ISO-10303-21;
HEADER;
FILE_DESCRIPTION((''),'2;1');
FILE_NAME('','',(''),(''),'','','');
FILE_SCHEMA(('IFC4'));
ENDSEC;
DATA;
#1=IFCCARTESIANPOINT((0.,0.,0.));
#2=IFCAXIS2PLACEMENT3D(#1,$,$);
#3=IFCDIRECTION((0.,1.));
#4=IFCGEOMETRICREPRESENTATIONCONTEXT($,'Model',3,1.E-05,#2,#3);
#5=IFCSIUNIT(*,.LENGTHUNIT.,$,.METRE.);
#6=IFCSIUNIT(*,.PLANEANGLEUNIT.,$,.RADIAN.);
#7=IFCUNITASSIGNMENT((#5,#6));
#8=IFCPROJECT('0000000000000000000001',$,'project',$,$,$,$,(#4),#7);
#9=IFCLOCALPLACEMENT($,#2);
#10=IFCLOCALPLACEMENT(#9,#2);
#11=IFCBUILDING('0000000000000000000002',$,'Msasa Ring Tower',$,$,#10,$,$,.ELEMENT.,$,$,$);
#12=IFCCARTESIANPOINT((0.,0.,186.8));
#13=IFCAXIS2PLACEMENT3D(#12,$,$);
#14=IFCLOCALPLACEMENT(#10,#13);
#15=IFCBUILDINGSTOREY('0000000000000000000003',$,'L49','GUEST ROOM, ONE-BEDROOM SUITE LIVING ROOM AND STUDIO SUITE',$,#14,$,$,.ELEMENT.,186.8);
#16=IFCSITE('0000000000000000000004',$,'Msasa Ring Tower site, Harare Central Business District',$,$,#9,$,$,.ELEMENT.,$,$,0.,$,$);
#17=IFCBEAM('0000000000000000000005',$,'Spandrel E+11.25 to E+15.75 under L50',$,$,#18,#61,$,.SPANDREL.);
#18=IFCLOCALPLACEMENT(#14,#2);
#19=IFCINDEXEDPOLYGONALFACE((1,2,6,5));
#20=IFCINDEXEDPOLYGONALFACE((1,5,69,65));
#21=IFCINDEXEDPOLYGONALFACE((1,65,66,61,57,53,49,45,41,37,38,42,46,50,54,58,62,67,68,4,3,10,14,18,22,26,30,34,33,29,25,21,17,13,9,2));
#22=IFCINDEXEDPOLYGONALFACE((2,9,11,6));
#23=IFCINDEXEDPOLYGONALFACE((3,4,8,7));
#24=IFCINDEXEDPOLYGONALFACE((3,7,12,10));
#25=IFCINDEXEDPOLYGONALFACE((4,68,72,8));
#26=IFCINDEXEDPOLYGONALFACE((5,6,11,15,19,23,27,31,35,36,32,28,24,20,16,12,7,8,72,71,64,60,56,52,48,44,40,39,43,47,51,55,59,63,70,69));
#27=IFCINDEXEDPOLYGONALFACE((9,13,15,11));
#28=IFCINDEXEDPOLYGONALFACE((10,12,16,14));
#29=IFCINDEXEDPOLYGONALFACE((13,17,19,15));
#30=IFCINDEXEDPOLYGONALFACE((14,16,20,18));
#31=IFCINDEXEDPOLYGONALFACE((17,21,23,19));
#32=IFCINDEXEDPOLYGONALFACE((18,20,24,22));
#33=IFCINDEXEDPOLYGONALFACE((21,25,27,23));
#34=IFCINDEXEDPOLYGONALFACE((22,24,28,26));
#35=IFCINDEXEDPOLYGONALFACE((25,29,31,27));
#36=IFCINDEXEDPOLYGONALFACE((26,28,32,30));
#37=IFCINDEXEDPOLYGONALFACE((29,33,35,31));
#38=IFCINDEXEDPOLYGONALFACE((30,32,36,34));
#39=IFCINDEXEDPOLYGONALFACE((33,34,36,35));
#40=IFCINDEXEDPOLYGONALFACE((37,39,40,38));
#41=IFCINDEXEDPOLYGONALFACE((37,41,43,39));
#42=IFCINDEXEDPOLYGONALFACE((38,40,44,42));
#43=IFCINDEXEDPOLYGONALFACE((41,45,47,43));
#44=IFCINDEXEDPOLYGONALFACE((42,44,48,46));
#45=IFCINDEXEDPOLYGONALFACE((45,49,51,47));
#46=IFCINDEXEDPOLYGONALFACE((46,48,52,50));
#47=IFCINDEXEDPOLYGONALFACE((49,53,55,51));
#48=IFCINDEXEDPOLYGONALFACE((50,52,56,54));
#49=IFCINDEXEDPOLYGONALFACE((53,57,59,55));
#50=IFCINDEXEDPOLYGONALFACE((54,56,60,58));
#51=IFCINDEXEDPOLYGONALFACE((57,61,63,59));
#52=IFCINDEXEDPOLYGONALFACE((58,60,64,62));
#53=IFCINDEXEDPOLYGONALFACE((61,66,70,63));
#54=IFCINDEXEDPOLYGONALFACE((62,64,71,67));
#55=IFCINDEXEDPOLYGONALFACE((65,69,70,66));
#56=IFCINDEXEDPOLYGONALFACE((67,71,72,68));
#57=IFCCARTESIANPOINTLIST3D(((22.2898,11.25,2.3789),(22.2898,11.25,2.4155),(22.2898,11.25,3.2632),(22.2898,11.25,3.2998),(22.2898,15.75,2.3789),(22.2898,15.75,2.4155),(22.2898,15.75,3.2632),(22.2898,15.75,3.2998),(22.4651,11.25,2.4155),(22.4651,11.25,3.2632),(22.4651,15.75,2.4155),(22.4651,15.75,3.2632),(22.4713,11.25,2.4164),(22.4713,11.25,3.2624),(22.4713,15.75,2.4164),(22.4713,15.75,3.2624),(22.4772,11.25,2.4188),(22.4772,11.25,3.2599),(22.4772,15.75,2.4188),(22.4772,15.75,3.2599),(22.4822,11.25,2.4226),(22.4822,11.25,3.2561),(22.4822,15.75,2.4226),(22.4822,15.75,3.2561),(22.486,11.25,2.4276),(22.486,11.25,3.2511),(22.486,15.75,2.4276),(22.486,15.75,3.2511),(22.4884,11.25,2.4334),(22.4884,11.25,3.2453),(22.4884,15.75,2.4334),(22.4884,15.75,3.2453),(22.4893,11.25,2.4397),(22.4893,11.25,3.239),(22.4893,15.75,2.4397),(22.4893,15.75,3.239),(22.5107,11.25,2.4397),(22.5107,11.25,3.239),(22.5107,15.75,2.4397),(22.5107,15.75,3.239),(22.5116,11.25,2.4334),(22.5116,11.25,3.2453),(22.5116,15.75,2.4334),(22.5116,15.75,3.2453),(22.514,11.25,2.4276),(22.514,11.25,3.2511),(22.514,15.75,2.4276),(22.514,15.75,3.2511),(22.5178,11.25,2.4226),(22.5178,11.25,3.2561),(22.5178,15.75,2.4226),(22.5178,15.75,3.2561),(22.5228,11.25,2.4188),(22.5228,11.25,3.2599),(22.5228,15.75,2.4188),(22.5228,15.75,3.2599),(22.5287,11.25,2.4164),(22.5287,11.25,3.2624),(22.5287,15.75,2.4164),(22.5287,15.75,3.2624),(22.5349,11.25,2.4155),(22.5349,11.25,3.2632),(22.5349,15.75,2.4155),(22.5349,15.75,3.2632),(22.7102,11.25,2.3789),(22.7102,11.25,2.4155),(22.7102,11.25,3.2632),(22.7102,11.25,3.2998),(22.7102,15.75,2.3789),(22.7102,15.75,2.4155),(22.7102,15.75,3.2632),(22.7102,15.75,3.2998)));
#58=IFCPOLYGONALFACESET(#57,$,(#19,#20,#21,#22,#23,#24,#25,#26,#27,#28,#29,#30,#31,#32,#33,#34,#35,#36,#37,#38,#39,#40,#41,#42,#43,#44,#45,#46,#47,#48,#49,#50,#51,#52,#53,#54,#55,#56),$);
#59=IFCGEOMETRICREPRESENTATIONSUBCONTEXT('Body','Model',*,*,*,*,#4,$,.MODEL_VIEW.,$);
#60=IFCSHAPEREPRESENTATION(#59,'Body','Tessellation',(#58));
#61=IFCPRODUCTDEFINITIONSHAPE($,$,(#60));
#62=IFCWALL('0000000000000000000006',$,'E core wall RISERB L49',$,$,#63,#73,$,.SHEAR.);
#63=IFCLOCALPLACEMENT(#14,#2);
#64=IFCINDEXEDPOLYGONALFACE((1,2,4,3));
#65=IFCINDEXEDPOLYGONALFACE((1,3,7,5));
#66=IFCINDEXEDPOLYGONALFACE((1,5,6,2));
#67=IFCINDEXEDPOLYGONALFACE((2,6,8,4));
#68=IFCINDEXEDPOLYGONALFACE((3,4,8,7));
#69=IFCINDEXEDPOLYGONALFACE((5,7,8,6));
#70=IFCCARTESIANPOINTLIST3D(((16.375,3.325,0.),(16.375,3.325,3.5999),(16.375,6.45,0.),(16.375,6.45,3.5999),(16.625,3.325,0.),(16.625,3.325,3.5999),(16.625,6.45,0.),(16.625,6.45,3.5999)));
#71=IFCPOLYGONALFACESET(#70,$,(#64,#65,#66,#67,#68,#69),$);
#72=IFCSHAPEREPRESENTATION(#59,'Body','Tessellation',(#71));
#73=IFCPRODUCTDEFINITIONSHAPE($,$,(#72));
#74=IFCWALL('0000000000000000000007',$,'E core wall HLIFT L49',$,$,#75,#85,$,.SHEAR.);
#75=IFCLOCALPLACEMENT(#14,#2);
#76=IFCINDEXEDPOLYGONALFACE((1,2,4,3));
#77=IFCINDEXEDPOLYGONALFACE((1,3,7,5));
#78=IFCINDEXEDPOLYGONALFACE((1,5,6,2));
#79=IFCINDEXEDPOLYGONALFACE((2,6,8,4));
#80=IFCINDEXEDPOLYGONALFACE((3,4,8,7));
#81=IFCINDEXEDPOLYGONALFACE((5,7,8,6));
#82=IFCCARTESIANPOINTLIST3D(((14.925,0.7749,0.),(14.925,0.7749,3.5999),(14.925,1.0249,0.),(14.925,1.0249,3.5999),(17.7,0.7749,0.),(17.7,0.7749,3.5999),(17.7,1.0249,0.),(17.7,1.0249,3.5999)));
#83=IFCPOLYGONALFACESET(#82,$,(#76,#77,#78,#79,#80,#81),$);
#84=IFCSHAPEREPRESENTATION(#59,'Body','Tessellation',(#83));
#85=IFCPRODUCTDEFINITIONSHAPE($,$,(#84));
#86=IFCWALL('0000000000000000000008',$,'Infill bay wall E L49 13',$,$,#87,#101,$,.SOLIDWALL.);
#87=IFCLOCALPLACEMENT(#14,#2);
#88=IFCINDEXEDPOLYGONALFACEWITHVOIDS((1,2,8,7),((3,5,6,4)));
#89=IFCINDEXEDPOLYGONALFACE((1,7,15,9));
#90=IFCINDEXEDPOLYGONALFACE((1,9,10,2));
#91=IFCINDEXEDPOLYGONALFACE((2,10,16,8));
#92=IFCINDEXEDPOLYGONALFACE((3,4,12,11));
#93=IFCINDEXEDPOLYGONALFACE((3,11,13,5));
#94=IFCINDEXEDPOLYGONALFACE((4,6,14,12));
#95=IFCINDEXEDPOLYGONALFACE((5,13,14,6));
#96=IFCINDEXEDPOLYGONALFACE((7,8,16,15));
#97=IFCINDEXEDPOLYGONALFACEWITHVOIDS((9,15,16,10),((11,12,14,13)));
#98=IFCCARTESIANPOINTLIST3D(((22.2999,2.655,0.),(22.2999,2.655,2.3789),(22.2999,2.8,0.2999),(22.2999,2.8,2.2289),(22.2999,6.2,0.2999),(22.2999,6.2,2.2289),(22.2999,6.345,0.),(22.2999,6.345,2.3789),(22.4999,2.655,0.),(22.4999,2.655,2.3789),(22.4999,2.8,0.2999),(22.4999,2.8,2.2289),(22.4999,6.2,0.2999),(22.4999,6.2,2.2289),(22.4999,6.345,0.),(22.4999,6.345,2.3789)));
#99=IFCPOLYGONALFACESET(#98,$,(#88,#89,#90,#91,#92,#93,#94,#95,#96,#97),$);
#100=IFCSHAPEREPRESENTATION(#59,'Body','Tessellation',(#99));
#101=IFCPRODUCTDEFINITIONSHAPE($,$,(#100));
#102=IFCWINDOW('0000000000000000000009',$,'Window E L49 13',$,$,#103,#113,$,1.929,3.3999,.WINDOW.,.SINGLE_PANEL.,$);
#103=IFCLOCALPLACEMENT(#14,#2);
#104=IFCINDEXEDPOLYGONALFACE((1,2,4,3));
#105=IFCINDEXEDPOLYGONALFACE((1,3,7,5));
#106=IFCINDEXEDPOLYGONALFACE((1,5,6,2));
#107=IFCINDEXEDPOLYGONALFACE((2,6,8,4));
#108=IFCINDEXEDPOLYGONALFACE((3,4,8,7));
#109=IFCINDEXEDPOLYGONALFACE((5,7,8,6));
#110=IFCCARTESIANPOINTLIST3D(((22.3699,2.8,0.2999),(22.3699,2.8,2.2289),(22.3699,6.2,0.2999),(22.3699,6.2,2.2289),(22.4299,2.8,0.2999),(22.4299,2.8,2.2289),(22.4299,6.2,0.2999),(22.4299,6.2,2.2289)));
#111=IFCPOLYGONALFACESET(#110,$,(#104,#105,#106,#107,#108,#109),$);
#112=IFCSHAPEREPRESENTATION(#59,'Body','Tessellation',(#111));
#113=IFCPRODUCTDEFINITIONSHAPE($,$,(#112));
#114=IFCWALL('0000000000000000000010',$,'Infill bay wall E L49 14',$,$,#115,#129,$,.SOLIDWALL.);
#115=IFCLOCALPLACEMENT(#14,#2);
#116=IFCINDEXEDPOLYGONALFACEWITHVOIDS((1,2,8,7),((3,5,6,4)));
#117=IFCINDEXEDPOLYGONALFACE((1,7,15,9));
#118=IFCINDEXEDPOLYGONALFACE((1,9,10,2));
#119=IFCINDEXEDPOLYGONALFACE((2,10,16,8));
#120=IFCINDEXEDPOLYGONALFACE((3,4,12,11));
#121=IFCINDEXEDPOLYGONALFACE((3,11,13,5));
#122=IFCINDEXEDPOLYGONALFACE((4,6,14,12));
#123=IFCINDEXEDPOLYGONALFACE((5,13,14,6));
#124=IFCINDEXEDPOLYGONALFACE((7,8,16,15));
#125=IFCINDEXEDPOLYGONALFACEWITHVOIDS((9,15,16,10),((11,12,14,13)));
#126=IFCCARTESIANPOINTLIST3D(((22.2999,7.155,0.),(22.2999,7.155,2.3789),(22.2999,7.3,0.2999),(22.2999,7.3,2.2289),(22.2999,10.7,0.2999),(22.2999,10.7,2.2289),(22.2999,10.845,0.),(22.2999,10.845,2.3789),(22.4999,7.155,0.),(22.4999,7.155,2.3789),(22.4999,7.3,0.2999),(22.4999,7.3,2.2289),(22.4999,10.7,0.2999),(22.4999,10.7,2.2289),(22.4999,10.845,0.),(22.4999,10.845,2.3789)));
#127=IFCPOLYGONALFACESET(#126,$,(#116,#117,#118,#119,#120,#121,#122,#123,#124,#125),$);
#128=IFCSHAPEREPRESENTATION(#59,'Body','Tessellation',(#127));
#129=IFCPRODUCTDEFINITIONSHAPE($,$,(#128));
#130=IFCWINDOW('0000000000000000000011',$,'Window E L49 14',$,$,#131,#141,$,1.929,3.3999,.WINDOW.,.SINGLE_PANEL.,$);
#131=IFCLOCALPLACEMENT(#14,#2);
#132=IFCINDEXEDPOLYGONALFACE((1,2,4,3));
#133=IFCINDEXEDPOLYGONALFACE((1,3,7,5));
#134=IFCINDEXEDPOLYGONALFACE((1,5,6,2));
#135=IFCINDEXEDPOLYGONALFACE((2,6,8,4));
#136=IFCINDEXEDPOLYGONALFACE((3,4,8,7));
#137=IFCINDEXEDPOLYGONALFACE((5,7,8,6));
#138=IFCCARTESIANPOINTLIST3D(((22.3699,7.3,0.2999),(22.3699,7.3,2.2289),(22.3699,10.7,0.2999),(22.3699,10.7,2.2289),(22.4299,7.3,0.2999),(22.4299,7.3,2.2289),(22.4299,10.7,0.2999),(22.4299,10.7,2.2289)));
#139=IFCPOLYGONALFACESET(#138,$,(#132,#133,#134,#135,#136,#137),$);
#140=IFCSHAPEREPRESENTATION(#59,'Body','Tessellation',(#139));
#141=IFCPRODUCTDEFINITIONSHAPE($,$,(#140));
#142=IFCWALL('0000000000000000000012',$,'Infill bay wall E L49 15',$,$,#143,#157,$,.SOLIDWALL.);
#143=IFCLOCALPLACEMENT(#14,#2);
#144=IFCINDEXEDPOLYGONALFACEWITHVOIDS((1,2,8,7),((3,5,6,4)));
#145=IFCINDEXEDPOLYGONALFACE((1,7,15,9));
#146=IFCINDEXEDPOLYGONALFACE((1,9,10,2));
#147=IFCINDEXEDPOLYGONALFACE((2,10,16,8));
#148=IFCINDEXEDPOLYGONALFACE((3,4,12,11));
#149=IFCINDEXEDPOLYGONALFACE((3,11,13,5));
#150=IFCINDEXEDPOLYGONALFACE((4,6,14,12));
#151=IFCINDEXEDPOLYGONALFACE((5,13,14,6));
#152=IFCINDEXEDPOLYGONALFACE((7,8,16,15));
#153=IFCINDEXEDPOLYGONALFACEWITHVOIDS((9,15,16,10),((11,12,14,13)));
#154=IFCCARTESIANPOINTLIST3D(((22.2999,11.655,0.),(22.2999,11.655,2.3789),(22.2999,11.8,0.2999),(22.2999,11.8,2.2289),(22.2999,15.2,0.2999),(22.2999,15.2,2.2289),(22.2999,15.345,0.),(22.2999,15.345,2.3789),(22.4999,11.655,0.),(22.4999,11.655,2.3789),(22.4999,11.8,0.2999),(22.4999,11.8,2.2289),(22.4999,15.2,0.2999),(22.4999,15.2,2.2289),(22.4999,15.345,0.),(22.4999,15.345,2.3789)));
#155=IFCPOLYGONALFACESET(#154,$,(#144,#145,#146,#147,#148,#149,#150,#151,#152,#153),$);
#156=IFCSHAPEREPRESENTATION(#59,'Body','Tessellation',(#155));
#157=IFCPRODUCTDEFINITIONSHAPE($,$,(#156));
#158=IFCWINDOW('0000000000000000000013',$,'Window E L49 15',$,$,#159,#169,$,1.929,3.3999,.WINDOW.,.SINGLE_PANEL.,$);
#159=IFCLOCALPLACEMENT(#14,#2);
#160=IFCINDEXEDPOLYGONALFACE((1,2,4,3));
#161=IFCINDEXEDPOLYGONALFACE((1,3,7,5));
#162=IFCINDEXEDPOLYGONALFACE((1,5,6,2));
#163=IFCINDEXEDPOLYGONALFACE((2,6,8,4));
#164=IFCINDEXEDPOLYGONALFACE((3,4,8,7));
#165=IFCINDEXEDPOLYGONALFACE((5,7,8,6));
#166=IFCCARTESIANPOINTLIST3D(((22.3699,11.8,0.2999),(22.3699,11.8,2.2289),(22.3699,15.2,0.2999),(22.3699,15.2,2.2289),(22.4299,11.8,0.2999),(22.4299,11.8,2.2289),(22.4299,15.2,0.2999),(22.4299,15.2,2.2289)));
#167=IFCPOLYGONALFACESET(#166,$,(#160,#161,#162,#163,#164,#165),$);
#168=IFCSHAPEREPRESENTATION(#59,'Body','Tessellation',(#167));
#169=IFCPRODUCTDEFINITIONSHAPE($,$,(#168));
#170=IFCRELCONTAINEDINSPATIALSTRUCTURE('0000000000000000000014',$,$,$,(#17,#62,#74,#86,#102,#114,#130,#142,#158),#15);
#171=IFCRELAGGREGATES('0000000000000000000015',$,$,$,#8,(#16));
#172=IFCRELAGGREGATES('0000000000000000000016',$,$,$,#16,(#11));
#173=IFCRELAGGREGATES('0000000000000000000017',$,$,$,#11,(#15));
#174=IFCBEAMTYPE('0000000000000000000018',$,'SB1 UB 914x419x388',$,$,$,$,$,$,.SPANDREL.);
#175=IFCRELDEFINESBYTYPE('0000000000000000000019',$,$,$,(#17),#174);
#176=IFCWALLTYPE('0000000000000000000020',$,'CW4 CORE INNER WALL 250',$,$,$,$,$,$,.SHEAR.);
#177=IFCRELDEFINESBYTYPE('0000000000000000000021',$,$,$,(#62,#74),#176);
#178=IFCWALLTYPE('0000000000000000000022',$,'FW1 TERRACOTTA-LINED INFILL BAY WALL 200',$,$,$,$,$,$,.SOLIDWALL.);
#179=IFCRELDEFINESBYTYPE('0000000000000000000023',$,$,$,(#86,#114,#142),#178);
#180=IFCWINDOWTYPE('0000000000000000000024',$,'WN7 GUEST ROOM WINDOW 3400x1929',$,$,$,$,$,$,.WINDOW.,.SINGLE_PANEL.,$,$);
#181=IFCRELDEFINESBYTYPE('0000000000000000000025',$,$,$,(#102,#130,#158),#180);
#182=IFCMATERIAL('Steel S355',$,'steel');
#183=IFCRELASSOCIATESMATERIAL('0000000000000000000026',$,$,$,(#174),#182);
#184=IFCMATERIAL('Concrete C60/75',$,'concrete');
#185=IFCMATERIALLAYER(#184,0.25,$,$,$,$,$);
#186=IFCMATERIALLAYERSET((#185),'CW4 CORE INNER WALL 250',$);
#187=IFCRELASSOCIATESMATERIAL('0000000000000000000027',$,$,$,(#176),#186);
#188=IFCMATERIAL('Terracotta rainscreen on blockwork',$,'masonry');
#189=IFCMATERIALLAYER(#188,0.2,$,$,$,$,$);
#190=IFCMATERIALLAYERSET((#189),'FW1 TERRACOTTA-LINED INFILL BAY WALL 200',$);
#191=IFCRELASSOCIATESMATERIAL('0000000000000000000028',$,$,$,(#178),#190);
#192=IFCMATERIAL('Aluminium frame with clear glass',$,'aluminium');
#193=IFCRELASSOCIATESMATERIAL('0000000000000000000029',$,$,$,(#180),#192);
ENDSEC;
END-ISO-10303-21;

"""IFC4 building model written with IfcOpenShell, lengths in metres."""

from ifc_helpers import new_model, si_unit, direction, frame, frame_2d, origin, origin_2d, place, context, subcontext, project, spatial, rectangle, i_section, extrude, material, layer, layer_set, material_profile, profile_set, type_object, element, fill, save


model = new_model("IFC4")

# Units and contexts
model_context = context("Model", 3, precision=1e-05, world=origin(), true_north=direction((0.0, 1.0)))
body_context = subcontext(model_context, "Body", "Model", "MODEL_VIEW")
ifc_project = project(units=[si_unit("LENGTHUNIT", "METRE"), si_unit("PLANEANGLEUNIT", "RADIAN")], contexts=[model_context])

# Site, building, storey
site_placement = place(None, origin())
site = spatial("IfcSite", under=ifc_project, at=site_placement, Name="Msasa Ring Tower site, Harare Central Business District", CompositionType="ELEMENT", RefElevation=0.0)
building_placement = place(site_placement, origin())
building = spatial("IfcBuilding", under=site, at=building_placement, Name="Msasa Ring Tower", CompositionType="ELEMENT")
storey_placement = place(building_placement, frame((0.0, 0.0, 186.8)))
storey = spatial("IfcBuildingStorey", under=building, at=storey_placement, Name="L49", Description="GUEST ROOM, ONE-BEDROOM SUITE LIVING ROOM AND STUDIO SUITE", CompositionType="ELEMENT", Elevation=186.8)

# Beam
ifc_material_1 = material(Name="Steel S355", Category="steel")
ifc_material_profile_1 = material_profile(ifc_material_1, i_section(OverallWidth=0.4204, OverallDepth=0.9209, WebThickness=0.0215, FlangeThickness=0.0366, FilletRadius=0.0242, at=origin_2d()), Name="UB 914x419x388")
ifc_profile_set_1 = profile_set([ifc_material_profile_1], Name="Steel S355")
beam_type_1 = type_object("IfcBeamType", Name="SB1 UB 914x419x388", PredefinedType="SPANDREL", material=ifc_profile_set_1)
for number, where, z_axis, x_axis, name in (
    (1, (22.5, 11.25, 2.8394), (0.0, 1.0, 0.0), (-1.0, 0.0, 0.0), "Spandrel E+11.25 to E+15.75 under L50"),
):
    element("IfcBeam", number, at=place(storey_placement, frame(where, z_axis=z_axis, x_axis=x_axis)), inside=storey, type_object=beam_type_1, Name=name, PredefinedType="SPANDREL", context=body_context, shape_type="SweptSolid", body=[
        extrude(i_section(OverallWidth=0.4204, OverallDepth=0.9209, WebThickness=0.0215, FlangeThickness=0.0366, FilletRadius=0.0242, at=origin_2d()), origin(), (0.0, 0.0, 1.0), 4.5),
    ])

# Walls
ifc_material_2 = material(Name="Concrete C60/75", Category="concrete")
ifc_layer_1 = layer(ifc_material_2, 0.25)
ifc_layer_set_1 = layer_set([ifc_layer_1], Name="CW4 CORE INNER WALL 250")
wall_type_1 = type_object("IfcWallType", Name="CW4 CORE INNER WALL 250", PredefinedType="SHEAR", material=ifc_layer_set_1)
wall_1_placement = place(storey_placement, frame((16.5, 3.325, 0.0), z_axis=(0.0, 0.0, 1.0), x_axis=(0.0, 1.0, 0.0)))
element("IfcWall", 2, at=wall_1_placement, inside=storey, type_object=wall_type_1, Name="E core wall RISERB L49", PredefinedType="SHEAR", context=body_context, shape_type="SweptSolid", body=[
    extrude(rectangle(XDim=3.125, YDim=0.25, at=frame_2d((1.5625, 0.0))), origin(), (0.0, 0.0, 1.0), 3.5999),
])
wall_2_placement = place(storey_placement, frame((14.925, 0.8999, 0.0), z_axis=(0.0, 0.0, 1.0), x_axis=(1.0, 0.0, 0.0)))
element("IfcWall", 3, at=wall_2_placement, inside=storey, type_object=wall_type_1, Name="E core wall HLIFT L49", PredefinedType="SHEAR", context=body_context, shape_type="SweptSolid", body=[
    extrude(rectangle(XDim=2.7749, YDim=0.25, at=frame_2d((1.3875, 0.0))), origin(), (0.0, 0.0, 1.0), 3.5999),
])

# Walls, openings, windows
ifc_material_3 = material(Name="Terracotta rainscreen on blockwork", Category="masonry")
ifc_layer_2 = layer(ifc_material_3, 0.2)
ifc_layer_set_2 = layer_set([ifc_layer_2], Name="FW1 TERRACOTTA-LINED INFILL BAY WALL 200")
wall_type_2 = type_object("IfcWallType", Name="FW1 TERRACOTTA-LINED INFILL BAY WALL 200", PredefinedType="SOLIDWALL", material=ifc_layer_set_2)
wall_3_placement = place(storey_placement, frame((22.3999, 2.655, 0.0), z_axis=(0.0, 0.0, 1.0), x_axis=(0.0, 1.0, 0.0)))
wall_3 = element("IfcWall", 4, at=wall_3_placement, inside=storey, type_object=wall_type_2, Name="Infill bay wall E L49 13", PredefinedType="SOLIDWALL", context=body_context, shape_type="SweptSolid", body=[
    extrude(rectangle(XDim=3.6899, YDim=0.2, at=frame_2d((1.845, 0.0))), origin(), (0.0, 0.0, 1.0), 2.3789),
])
opening_1_placement = place(wall_3_placement, frame((0.145, 0.0, 0.3)))
opening_1 = element("IfcOpeningElement", 5, at=opening_1_placement, cuts=wall_3, PredefinedType="OPENING", context=body_context, shape_type="SweptSolid", body=[
    extrude(rectangle(XDim=3.3999, YDim=1.929, at=frame_2d((1.7, 0.9644))), frame((0.0, 0.1099, 0.0), z_axis=(0.0, -1.0, 0.0), x_axis=(1.0, 0.0, 0.0)), (0.0, 0.0, 1.0), 0.22),
])
ifc_material_4 = material(Name="Aluminium frame with clear glass", Category="aluminium")
window_type = type_object("IfcWindowType", Name="WN7 GUEST ROOM WINDOW 3400x1929", PartitioningType="SINGLE_PANEL", PredefinedType="WINDOW", material=ifc_material_4)
window_1_placement = place(opening_1_placement, origin())
window_1 = element("IfcWindow", 6, at=window_1_placement, inside=storey, type_object=window_type, Name="Window E L49 13", OverallHeight=1.929, OverallWidth=3.3999, PartitioningType="SINGLE_PANEL", PredefinedType="WINDOW", context=body_context, shape_type="SweptSolid", body=[
    extrude(rectangle(XDim=3.3999, YDim=1.929, at=frame_2d((1.7, 0.9644))), frame((0.0, 0.03, 0.0), z_axis=(0.0, -1.0, 0.0), x_axis=(1.0, 0.0, 0.0)), (0.0, 0.0, 1.0), 0.0601),
])
fill(opening_1, window_1)
wall_4_placement = place(storey_placement, frame((22.3999, 7.155, 0.0), z_axis=(0.0, 0.0, 1.0), x_axis=(0.0, 1.0, 0.0)))
wall_4 = element("IfcWall", 7, at=wall_4_placement, inside=storey, type_object=wall_type_2, Name="Infill bay wall E L49 14", PredefinedType="SOLIDWALL", context=body_context, shape_type="SweptSolid", body=[
    extrude(rectangle(XDim=3.6899, YDim=0.2, at=frame_2d((1.845, 0.0))), origin(), (0.0, 0.0, 1.0), 2.3789),
])
opening_2_placement = place(wall_4_placement, frame((0.145, 0.0, 0.3)))
opening_2 = element("IfcOpeningElement", 8, at=opening_2_placement, cuts=wall_4, PredefinedType="OPENING", context=body_context, shape_type="SweptSolid", body=[
    extrude(rectangle(XDim=3.3999, YDim=1.929, at=frame_2d((1.7, 0.9644))), frame((0.0, 0.1099, 0.0), z_axis=(0.0, -1.0, 0.0), x_axis=(1.0, 0.0, 0.0)), (0.0, 0.0, 1.0), 0.22),
])
window_2_placement = place(opening_2_placement, origin())
window_2 = element("IfcWindow", 9, at=window_2_placement, inside=storey, type_object=window_type, Name="Window E L49 14", OverallHeight=1.929, OverallWidth=3.3999, PartitioningType="SINGLE_PANEL", PredefinedType="WINDOW", context=body_context, shape_type="SweptSolid", body=[
    extrude(rectangle(XDim=3.3999, YDim=1.929, at=frame_2d((1.7, 0.9644))), frame((0.0, 0.03, 0.0), z_axis=(0.0, -1.0, 0.0), x_axis=(1.0, 0.0, 0.0)), (0.0, 0.0, 1.0), 0.0601),
])
fill(opening_2, window_2)
wall_5_placement = place(storey_placement, frame((22.3999, 11.655, 0.0), z_axis=(0.0, 0.0, 1.0), x_axis=(0.0, 1.0, 0.0)))
wall_5 = element("IfcWall", 10, at=wall_5_placement, inside=storey, type_object=wall_type_2, Name="Infill bay wall E L49 15", PredefinedType="SOLIDWALL", context=body_context, shape_type="SweptSolid", body=[
    extrude(rectangle(XDim=3.6899, YDim=0.2, at=frame_2d((1.845, 0.0))), origin(), (0.0, 0.0, 1.0), 2.3789),
])
opening_3_placement = place(wall_5_placement, frame((0.145, 0.0, 0.3)))
opening_3 = element("IfcOpeningElement", 11, at=opening_3_placement, cuts=wall_5, PredefinedType="OPENING", context=body_context, shape_type="SweptSolid", body=[
    extrude(rectangle(XDim=3.3999, YDim=1.929, at=frame_2d((1.7, 0.9644))), frame((0.0, 0.1099, 0.0), z_axis=(0.0, -1.0, 0.0), x_axis=(1.0, 0.0, 0.0)), (0.0, 0.0, 1.0), 0.22),
])
window_3_placement = place(opening_3_placement, origin())
window_3 = element("IfcWindow", 12, at=window_3_placement, inside=storey, type_object=window_type, Name="Window E L49 15", OverallHeight=1.929, OverallWidth=3.3999, PartitioningType="SINGLE_PANEL", PredefinedType="WINDOW", context=body_context, shape_type="SweptSolid", body=[
    extrude(rectangle(XDim=3.3999, YDim=1.929, at=frame_2d((1.7, 0.9644))), frame((0.0, 0.03, 0.0), z_axis=(0.0, -1.0, 0.0), x_axis=(1.0, 0.0, 0.0)), (0.0, 0.0, 1.0), 0.0601),
])
fill(opening_3, window_3)

save(model, "model.ifc")
